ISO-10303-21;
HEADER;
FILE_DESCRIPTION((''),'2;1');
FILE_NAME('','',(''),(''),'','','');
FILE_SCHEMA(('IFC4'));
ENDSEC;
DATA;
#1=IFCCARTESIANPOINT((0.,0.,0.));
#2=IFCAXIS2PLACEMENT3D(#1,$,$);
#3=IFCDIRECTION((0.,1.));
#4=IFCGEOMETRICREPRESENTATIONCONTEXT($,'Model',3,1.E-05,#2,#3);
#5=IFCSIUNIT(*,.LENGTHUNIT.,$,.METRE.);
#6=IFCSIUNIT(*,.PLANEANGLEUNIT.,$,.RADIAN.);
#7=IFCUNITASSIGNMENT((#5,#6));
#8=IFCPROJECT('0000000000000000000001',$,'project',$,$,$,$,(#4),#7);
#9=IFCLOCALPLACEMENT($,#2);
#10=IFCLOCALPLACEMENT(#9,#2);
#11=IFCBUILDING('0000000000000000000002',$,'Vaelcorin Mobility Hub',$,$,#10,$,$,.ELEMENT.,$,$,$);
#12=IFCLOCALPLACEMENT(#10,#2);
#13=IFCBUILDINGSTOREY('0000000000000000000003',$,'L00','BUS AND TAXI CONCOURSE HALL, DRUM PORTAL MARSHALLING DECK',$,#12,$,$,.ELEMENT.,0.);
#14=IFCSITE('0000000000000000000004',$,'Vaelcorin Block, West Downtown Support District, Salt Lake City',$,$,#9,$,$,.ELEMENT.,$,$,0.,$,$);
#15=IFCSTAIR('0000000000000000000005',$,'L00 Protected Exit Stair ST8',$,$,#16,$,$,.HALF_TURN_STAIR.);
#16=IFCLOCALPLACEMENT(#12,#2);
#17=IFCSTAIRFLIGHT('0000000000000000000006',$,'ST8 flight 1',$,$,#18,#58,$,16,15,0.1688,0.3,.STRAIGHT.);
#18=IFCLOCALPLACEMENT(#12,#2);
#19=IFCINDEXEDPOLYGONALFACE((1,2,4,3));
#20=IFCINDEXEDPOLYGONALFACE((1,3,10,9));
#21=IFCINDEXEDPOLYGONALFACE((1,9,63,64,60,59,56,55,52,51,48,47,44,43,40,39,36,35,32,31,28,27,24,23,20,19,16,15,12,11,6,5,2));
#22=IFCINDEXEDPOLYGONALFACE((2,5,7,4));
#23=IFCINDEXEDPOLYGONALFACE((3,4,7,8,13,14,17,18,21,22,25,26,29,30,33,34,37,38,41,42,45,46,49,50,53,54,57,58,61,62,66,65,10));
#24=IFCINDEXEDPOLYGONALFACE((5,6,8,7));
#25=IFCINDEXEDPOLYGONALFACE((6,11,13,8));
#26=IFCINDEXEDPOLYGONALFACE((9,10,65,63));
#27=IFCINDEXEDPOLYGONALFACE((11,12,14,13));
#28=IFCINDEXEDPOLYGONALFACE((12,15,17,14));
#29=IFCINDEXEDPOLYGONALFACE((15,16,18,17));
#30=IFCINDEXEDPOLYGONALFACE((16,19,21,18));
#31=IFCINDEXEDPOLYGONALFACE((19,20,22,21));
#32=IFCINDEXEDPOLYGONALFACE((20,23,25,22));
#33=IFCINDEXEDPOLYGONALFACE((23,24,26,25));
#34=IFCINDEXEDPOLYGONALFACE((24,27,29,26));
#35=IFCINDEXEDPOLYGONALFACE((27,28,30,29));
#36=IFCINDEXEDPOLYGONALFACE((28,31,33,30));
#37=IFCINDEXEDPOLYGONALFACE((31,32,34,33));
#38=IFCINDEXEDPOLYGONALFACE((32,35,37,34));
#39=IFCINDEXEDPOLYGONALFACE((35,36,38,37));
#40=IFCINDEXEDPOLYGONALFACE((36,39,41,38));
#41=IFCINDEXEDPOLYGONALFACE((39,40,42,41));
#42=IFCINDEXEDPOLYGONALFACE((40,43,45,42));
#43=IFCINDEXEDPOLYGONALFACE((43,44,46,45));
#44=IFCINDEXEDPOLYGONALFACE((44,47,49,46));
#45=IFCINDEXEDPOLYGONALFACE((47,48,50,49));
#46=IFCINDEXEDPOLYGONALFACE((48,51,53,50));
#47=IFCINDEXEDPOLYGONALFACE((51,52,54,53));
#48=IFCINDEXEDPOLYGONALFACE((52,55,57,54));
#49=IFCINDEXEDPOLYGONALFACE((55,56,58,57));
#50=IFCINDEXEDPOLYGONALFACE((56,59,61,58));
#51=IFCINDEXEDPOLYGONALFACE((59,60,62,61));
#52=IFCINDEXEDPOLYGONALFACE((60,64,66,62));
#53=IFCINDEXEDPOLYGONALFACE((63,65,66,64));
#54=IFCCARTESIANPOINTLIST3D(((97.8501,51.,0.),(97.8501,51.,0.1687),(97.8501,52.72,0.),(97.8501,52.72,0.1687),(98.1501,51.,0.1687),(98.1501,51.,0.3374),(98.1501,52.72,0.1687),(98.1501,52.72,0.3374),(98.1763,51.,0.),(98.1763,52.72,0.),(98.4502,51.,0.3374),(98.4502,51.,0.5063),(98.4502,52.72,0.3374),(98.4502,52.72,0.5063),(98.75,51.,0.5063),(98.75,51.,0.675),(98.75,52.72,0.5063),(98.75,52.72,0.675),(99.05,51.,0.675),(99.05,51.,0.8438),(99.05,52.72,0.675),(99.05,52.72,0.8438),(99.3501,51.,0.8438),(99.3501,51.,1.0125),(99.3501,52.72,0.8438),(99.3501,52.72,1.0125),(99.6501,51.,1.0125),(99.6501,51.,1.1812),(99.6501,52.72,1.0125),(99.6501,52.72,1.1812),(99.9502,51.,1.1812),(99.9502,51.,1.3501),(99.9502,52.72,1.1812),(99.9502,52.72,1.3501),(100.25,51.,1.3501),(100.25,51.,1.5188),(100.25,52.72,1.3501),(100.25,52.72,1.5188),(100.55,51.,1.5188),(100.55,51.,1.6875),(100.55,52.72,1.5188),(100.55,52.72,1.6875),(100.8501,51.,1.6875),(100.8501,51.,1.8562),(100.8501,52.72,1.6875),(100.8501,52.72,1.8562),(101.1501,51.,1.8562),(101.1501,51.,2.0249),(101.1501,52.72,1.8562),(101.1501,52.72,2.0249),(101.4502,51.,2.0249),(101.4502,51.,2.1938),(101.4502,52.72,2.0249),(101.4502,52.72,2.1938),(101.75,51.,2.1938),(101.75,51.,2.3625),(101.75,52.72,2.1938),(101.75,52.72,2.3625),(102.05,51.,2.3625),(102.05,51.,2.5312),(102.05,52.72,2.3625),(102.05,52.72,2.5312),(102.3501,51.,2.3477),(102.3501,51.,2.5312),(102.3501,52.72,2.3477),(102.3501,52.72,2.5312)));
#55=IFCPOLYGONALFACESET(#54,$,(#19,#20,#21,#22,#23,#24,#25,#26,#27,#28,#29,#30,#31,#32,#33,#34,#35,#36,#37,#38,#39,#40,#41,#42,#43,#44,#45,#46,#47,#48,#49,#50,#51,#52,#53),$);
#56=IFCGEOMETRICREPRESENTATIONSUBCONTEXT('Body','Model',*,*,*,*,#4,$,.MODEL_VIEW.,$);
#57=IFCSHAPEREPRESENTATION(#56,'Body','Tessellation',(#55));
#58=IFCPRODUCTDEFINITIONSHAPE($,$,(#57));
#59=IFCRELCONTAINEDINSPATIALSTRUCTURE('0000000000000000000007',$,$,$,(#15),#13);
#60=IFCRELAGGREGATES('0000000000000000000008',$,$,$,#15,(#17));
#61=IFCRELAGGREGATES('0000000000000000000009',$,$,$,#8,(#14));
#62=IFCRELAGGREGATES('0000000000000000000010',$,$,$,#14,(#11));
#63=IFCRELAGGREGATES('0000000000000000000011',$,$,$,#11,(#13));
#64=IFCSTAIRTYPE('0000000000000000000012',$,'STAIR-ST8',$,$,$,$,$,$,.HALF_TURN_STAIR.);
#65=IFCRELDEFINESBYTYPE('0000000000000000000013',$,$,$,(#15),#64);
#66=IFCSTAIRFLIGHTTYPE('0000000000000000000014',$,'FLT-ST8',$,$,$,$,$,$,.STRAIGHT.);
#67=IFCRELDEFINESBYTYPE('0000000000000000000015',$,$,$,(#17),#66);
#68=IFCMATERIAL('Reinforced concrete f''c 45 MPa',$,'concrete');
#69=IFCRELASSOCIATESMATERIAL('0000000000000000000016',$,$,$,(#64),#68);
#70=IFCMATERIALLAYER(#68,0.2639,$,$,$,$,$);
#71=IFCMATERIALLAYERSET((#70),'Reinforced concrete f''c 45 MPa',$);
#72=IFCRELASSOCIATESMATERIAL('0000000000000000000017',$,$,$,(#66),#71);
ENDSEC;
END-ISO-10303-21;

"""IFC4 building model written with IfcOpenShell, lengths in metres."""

from ifc_helpers import new_model, si_unit, direction, frame, origin, place, context, subcontext, project, spatial, polyline, outline, extrude, material, layer, layer_set, type_object, element, aggregate, save


model = new_model("IFC4")

# Units and contexts
model_context = context("Model", 3, precision=1e-05, world=origin(), true_north=direction((0.0, 1.0)))
body_context = subcontext(model_context, "Body", "Model", "MODEL_VIEW")
ifc_project = project(units=[si_unit("LENGTHUNIT", "METRE"), si_unit("PLANEANGLEUNIT", "RADIAN")], contexts=[model_context])

# Site, building, storey
site_placement = place(None, origin())
site = spatial("IfcSite", under=ifc_project, at=site_placement, Name="Vaelcorin Block, West Downtown Support District, Salt Lake City", CompositionType="ELEMENT", RefElevation=0.0)
building_placement = place(site_placement, origin())
building = spatial("IfcBuilding", under=site, at=building_placement, Name="Vaelcorin Mobility Hub", CompositionType="ELEMENT")
storey_placement = place(building_placement, origin())
storey = spatial("IfcBuildingStorey", under=building, at=storey_placement, Name="L00", Description="BUS AND TAXI CONCOURSE HALL, DRUM PORTAL MARSHALLING DECK", CompositionType="ELEMENT", Elevation=0.0)

# Shared definitions
ifc_material_1 = material(Name="Reinforced concrete f'c 45 MPa", Category="concrete")

# Stair, stair flight
stair_type = type_object("IfcStairType", Name="STAIR-ST8", PredefinedType="HALF_TURN_STAIR", material=ifc_material_1)
stair_placement = place(storey_placement, origin())
stair = element("IfcStair", 1, at=stair_placement, inside=storey, type_object=stair_type, Name="L00 Protected Exit Stair ST8", PredefinedType="HALF_TURN_STAIR")
ifc_layer_1 = layer(ifc_material_1, 0.2639)
ifc_layer_set_1 = layer_set([ifc_layer_1], Name="Reinforced concrete f'c 45 MPa")
stair_flight_type = type_object("IfcStairFlightType", Name="FLT-ST8", PredefinedType="STRAIGHT", material=ifc_layer_set_1)
stair_flight_placement = place(storey_placement, frame((97.8501, 51.8601, 0.0), z_axis=(0.0, 0.0, 1.0), x_axis=(1.0, 0.0, 0.0)))
stair_flight = element("IfcStairFlight", 2, at=stair_flight_placement, type_object=stair_flight_type, Name="ST8 flight 1", NumberOfRisers=16, NumberOfTreads=15, PredefinedType="STRAIGHT", RiserHeight=0.1688, TreadLength=0.3, context=body_context, shape_type="SweptSolid", body=[
    extrude(outline(polyline([(0.0, 0.0), (0.0, 0.1687), (0.3, 0.1687), (0.3, 0.3374), (0.6001, 0.3374), (0.6001, 0.5063), (0.8999, 0.5063), (0.8999, 0.675), (1.2, 0.675), (1.2, 0.8438), (1.5, 0.8438), (1.5, 1.0125), (1.8, 1.0125), (1.8, 1.1812), (2.1001, 1.1812), (2.1001, 1.3501), (2.3999, 1.3501), (2.3999, 1.5188), (2.7, 1.5188), (2.7, 1.6875), (3.0, 1.6875), (3.0, 1.8562), (3.3, 1.8562), (3.3, 2.0249), (3.6001, 2.0249), (3.6001, 2.1938), (3.8999, 2.1938), (3.8999, 2.3625), (4.2, 2.3625), (4.2, 2.5312), (4.5, 2.5312), (4.5, 2.7), (4.5, 2.3477), (0.3262, 0.0), (0.0, 0.0)])), frame((0.0, 0.8599, 0.0), z_axis=(0.0, -1.0, 0.0), x_axis=(1.0, 0.0, 0.0)), (0.0, 0.0, 1.0), 1.72),
])
aggregate(stair, [stair_flight])

save(model, "model.ifc")
